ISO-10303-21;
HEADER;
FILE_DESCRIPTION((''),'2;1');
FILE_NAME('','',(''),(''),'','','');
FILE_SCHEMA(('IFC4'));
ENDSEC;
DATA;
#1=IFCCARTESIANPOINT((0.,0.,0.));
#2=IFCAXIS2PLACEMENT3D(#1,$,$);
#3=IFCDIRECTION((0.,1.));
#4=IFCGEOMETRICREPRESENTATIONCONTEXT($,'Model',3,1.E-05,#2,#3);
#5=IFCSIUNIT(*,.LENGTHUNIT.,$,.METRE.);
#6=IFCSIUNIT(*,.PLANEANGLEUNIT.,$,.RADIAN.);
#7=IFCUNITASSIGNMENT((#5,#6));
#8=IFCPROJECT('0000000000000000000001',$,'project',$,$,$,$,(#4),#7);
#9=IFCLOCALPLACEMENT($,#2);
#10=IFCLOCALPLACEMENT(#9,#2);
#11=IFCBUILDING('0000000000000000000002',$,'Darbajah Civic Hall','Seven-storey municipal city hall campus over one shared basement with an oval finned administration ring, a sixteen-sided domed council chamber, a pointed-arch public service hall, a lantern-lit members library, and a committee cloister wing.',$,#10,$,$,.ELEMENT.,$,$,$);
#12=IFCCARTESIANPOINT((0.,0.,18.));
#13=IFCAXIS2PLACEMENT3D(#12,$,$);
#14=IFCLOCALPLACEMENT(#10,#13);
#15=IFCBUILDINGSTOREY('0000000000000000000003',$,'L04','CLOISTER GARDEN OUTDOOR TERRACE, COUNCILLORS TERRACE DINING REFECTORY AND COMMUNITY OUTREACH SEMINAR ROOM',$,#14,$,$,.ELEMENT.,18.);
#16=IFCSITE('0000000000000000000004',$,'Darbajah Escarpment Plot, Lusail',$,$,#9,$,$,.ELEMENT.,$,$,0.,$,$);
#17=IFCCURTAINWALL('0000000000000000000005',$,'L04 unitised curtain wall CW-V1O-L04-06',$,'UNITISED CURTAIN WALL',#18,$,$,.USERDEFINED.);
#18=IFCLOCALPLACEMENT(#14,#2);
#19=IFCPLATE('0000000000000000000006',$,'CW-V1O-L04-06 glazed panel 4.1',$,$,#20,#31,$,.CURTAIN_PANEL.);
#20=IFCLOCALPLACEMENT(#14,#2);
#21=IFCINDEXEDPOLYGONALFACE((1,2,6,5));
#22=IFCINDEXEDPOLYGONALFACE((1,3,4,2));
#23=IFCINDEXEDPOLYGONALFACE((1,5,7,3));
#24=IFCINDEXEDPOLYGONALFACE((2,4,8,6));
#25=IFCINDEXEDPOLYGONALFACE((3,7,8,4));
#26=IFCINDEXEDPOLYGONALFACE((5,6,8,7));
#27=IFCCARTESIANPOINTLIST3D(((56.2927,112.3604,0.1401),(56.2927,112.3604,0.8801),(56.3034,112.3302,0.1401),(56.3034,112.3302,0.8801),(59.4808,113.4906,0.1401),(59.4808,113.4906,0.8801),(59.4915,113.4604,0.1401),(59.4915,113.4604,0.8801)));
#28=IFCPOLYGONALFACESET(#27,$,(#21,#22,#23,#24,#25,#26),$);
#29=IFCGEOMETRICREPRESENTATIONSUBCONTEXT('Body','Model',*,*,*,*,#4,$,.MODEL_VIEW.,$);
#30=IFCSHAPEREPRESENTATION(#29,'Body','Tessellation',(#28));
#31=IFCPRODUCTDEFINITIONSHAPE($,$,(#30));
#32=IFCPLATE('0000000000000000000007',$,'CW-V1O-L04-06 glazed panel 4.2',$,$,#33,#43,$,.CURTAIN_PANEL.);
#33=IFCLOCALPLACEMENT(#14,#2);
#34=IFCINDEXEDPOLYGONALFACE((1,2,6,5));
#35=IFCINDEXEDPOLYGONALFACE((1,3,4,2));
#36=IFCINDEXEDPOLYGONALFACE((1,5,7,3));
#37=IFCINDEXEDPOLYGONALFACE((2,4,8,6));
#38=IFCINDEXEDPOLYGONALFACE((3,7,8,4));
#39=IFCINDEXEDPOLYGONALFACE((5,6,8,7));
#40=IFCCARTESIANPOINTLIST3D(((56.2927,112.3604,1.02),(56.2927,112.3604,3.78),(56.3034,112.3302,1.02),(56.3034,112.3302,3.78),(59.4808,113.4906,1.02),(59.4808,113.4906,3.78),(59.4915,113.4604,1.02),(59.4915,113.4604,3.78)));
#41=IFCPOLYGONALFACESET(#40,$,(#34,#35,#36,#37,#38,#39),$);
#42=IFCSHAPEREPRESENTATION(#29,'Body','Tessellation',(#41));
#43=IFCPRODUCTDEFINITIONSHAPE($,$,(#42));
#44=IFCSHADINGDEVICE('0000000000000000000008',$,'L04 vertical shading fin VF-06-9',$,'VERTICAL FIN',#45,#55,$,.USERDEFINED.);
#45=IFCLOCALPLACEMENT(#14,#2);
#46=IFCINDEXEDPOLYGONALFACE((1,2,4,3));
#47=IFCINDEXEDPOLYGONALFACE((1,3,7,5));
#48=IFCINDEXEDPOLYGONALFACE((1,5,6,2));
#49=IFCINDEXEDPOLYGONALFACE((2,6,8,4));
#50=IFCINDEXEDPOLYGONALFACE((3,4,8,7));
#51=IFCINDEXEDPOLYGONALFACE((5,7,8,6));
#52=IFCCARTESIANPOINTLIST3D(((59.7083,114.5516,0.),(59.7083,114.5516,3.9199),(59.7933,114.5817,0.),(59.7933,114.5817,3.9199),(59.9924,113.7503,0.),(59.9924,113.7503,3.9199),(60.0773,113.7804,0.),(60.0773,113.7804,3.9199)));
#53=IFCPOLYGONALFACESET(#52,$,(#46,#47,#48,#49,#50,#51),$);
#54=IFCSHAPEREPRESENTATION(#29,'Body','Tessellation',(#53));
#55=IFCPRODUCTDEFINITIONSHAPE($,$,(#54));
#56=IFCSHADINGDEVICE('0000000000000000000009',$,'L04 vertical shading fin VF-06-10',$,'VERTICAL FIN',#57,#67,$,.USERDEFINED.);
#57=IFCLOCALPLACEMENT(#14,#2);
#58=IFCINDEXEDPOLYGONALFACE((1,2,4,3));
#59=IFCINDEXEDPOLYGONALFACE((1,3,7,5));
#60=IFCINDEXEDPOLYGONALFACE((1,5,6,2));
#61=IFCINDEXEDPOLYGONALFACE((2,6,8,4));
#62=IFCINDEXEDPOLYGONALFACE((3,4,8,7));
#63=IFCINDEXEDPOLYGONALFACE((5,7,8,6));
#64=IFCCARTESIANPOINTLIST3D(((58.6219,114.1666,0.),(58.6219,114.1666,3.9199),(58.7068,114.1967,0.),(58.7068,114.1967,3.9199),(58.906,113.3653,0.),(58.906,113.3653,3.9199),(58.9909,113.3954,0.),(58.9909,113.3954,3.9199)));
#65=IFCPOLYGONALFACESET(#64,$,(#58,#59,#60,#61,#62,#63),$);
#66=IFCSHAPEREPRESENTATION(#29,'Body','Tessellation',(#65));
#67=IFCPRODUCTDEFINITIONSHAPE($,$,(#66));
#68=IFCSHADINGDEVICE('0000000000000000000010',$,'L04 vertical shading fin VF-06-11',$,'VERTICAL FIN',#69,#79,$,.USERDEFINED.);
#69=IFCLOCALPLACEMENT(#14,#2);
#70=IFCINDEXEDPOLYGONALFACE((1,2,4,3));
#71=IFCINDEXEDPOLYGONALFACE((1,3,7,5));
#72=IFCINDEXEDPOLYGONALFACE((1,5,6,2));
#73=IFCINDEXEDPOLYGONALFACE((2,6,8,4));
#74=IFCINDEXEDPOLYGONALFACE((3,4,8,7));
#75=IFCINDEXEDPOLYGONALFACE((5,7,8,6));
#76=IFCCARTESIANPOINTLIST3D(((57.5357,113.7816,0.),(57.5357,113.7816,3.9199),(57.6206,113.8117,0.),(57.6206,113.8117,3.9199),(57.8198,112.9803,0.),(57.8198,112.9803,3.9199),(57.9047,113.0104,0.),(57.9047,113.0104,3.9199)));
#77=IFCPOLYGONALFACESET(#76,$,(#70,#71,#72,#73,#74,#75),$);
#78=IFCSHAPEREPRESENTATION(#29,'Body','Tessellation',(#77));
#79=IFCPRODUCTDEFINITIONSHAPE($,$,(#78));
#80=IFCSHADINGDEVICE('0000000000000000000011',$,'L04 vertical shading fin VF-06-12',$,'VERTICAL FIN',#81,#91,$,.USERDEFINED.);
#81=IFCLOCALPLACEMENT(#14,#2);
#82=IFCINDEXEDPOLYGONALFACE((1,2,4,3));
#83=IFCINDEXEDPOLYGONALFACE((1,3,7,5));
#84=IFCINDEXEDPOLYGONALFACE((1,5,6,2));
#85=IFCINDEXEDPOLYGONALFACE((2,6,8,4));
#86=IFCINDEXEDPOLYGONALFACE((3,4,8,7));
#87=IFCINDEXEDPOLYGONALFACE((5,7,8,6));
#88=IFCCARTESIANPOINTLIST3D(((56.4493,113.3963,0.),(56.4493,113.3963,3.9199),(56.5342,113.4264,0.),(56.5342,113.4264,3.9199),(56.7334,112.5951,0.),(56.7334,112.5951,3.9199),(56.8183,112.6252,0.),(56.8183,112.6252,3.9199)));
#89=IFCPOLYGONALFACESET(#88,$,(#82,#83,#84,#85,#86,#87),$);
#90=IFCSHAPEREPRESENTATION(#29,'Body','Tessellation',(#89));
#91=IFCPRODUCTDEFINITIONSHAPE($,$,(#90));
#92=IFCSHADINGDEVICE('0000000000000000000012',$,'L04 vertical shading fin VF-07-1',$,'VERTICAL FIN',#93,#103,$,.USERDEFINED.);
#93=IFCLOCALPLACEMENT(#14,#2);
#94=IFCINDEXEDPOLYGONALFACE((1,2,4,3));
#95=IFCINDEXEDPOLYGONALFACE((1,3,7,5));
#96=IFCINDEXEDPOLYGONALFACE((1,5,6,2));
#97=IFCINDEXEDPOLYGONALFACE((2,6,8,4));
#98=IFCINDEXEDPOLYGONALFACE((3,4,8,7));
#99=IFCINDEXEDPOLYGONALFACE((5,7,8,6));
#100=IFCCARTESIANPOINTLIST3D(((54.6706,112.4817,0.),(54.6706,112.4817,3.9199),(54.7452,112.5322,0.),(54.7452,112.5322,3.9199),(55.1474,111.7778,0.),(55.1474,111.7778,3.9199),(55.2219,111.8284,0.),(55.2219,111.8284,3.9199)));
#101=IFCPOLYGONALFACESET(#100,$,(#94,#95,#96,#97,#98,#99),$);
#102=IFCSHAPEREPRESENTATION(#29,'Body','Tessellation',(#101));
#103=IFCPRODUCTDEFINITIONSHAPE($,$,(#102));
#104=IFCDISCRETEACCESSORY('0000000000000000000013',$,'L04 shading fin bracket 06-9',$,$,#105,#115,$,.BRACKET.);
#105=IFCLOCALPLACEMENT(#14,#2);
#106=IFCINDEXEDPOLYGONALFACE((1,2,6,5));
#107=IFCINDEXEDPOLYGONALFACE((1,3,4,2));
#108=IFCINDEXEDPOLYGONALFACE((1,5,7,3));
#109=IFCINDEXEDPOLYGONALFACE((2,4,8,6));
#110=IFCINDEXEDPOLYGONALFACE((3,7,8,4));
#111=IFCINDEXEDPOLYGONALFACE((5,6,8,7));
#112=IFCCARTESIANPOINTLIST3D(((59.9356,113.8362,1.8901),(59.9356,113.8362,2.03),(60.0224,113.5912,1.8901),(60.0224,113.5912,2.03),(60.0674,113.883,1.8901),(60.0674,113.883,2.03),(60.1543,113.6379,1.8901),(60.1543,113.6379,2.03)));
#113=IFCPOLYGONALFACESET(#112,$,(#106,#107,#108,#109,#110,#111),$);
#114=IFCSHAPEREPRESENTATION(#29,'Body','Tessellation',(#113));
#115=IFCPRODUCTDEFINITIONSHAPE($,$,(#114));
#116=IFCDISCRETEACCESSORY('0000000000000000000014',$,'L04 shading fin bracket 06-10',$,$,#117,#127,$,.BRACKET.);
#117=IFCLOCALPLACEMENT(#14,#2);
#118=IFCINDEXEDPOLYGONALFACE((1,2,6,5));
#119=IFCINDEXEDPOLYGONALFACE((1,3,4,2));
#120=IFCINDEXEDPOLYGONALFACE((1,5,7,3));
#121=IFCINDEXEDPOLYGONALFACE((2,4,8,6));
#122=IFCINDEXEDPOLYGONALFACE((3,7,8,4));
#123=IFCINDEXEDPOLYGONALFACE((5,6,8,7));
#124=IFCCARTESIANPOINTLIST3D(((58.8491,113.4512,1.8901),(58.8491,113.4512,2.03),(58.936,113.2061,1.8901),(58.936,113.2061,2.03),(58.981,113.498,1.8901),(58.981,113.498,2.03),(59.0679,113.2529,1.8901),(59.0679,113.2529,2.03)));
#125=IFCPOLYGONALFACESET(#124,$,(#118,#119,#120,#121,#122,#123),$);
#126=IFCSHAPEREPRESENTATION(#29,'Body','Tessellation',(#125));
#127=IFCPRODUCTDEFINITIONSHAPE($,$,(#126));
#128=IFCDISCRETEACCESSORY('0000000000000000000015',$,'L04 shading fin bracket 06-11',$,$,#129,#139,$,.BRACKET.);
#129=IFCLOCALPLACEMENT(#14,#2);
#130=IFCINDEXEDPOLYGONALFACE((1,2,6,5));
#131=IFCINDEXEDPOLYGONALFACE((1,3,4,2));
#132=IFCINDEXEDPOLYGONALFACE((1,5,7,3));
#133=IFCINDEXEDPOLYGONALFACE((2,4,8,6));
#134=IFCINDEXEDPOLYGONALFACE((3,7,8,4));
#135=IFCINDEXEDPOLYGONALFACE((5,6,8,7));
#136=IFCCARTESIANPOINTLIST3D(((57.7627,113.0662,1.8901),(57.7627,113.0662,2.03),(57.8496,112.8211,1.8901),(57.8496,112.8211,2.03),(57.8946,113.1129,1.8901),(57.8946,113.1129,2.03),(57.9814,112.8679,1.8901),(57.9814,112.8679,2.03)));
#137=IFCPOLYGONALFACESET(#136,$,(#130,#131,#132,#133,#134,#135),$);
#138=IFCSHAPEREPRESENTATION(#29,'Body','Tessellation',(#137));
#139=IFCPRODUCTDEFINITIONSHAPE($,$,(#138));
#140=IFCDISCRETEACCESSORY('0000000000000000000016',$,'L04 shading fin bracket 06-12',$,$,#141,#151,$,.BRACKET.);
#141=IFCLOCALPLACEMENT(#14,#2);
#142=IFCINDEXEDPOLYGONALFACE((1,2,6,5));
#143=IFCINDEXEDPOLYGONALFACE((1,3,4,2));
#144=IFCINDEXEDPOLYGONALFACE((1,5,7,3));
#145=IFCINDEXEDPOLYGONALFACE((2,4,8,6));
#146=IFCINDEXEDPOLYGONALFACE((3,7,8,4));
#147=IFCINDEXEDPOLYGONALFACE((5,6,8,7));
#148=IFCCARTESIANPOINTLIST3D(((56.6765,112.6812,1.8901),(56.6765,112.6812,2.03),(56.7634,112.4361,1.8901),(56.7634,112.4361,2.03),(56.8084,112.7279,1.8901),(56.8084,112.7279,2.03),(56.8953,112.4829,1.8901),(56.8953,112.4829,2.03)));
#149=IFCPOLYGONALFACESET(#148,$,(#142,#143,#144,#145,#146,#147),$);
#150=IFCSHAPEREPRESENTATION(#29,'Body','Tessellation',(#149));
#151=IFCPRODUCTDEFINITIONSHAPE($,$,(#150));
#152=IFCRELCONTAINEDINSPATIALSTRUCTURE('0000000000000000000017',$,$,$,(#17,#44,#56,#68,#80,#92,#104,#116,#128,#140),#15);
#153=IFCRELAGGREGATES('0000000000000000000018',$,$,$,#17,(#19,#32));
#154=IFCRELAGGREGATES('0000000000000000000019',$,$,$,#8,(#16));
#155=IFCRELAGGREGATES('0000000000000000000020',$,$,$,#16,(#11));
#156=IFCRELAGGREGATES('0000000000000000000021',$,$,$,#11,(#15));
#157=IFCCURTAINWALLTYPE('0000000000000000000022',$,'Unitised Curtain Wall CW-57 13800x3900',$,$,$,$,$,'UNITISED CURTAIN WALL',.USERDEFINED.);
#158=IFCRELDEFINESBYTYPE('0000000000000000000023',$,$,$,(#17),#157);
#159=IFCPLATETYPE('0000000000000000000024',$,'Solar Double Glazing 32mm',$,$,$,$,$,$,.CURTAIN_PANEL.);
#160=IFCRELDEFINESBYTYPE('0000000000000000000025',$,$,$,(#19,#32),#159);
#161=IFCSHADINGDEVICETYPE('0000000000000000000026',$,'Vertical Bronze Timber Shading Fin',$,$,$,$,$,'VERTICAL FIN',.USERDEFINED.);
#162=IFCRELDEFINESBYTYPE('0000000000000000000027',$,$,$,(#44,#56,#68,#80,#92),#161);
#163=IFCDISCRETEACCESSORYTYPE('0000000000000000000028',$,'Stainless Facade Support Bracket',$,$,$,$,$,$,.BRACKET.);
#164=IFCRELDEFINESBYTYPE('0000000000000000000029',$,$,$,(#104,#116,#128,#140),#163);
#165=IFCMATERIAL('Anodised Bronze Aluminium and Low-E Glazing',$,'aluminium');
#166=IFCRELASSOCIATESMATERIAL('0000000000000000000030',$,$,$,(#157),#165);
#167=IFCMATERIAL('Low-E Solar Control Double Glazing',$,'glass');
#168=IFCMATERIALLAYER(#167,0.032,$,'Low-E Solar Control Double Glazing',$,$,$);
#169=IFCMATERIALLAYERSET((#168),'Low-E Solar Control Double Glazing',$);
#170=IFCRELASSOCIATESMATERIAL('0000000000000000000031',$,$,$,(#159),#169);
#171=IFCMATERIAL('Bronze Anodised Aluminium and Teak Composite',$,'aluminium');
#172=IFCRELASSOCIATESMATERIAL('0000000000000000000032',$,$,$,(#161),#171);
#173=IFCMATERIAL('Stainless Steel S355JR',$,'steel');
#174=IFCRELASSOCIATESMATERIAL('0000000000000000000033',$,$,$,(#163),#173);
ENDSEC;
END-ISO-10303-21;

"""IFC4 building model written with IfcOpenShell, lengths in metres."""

from ifc_helpers import new_model, si_unit, direction, frame, origin, origin_2d, place, context, subcontext, project, spatial, rectangle, extrude, material, layer, layer_set, type_object, element, aggregate, save


model = new_model("IFC4")

# Units and contexts
model_context = context("Model", 3, precision=1e-05, world=origin(), true_north=direction((0.0, 1.0)))
body_context = subcontext(model_context, "Body", "Model", "MODEL_VIEW")
ifc_project = project(units=[si_unit("LENGTHUNIT", "METRE"), si_unit("PLANEANGLEUNIT", "RADIAN")], contexts=[model_context])

# Site, building, storey
site_placement = place(None, origin())
site = spatial("IfcSite", under=ifc_project, at=site_placement, Name="Darbajah Escarpment Plot, Lusail", CompositionType="ELEMENT", RefElevation=0.0)
building_placement = place(site_placement, origin())
building = spatial("IfcBuilding", under=site, at=building_placement, Name="Darbajah Civic Hall", Description="Seven-storey municipal city hall campus over one shared basement with an oval finned administration ring, a sixteen-sided domed council chamber, a pointed-arch public service hall, a lantern-lit members library, and a committee cloister wing.", CompositionType="ELEMENT")
storey_placement = place(building_placement, frame((0.0, 0.0, 18.0)))
storey = spatial("IfcBuildingStorey", under=building, at=storey_placement, Name="L04", Description="CLOISTER GARDEN OUTDOOR TERRACE, COUNCILLORS TERRACE DINING REFECTORY AND COMMUNITY OUTREACH SEMINAR ROOM", CompositionType="ELEMENT", Elevation=18.0)

# Shared definitions
ifc_material_1 = material(Name="Anodised Bronze Aluminium and Low-E Glazing", Category="aluminium")

# Curtain wall
curtain_wall_type_1 = type_object("IfcCurtainWallType", Name="Unitised Curtain Wall CW-57 13800x3900", ElementType="UNITISED CURTAIN WALL", PredefinedType="USERDEFINED", material=ifc_material_1)
curtain_wall_1_placement = place(storey_placement, origin())
curtain_wall_1 = element("IfcCurtainWall", 1, at=curtain_wall_1_placement, inside=storey, type_object=curtain_wall_type_1, Name="L04 unitised curtain wall CW-V1O-L04-06", ObjectType="UNITISED CURTAIN WALL", PredefinedType="USERDEFINED")

# Plates
ifc_material_2 = material(Name="Low-E Solar Control Double Glazing", Category="glass")
ifc_layer = layer(ifc_material_2, 0.032, Name="Low-E Solar Control Double Glazing")
ifc_layer_set = layer_set([ifc_layer], Name="Low-E Solar Control Double Glazing")
plate_type = type_object("IfcPlateType", Name="Solar Double Glazing 32mm", PredefinedType="CURTAIN_PANEL", material=ifc_layer_set)
plate_1_placement = place(storey_placement, frame((57.8921, 112.9104, 0.1401), z_axis=(0.0, 0.0, 1.0), x_axis=(-0.942525, -0.334136, 0.0)))
plate_1 = element("IfcPlate", 2, at=plate_1_placement, type_object=plate_type, Name="CW-V1O-L04-06 glazed panel 4.1", PredefinedType="CURTAIN_PANEL", context=body_context, shape_type="SweptSolid", body=[
    extrude(rectangle(XDim=3.3826, YDim=0.032, at=origin_2d()), origin(), (0.0, 0.0, 1.0), 0.74),
])
plate_2_placement = place(storey_placement, frame((57.8921, 112.9104, 1.02), z_axis=(0.0, 0.0, 1.0), x_axis=(-0.942525, -0.334136, 0.0)))
plate_2 = element("IfcPlate", 3, at=plate_2_placement, type_object=plate_type, Name="CW-V1O-L04-06 glazed panel 4.2", PredefinedType="CURTAIN_PANEL", context=body_context, shape_type="SweptSolid", body=[
    extrude(rectangle(XDim=3.3826, YDim=0.032, at=origin_2d()), origin(), (0.0, 0.0, 1.0), 2.76),
])
aggregate(curtain_wall_1, [plate_1, plate_2])

# Shading devices
ifc_material_3 = material(Name="Bronze Anodised Aluminium and Teak Composite", Category="aluminium")
shading_device_type = type_object("IfcShadingDeviceType", Name="Vertical Bronze Timber Shading Fin", ElementType="VERTICAL FIN", PredefinedType="USERDEFINED", material=ifc_material_3)
for number, where, z_axis, x_axis, name in (
    (4, (59.8928, 114.166, 0.0), (0.0, 0.0, 1.0), (-0.334136, 0.942525, 0.0), "L04 vertical shading fin VF-06-9"),
    (5, (58.8064, 113.781, 0.0), (0.0, 0.0, 1.0), (-0.334136, 0.942525, 0.0), "L04 vertical shading fin VF-06-10"),
    (6, (57.7202, 113.396, 0.0), (0.0, 0.0, 1.0), (-0.334136, 0.942525, 0.0), "L04 vertical shading fin VF-06-11"),
    (7, (56.6338, 113.0107, 0.0), (0.0, 0.0, 1.0), (-0.334136, 0.942525, 0.0), "L04 vertical shading fin VF-06-12"),
    (8, (54.9463, 112.155, 0.0), (0.0, 0.0, 1.0), (-0.560784, 0.827962, 0.0), "L04 vertical shading fin VF-07-1"),
):
    element("IfcShadingDevice", number, at=place(storey_placement, frame(where, z_axis=z_axis, x_axis=x_axis)), inside=storey, type_object=shading_device_type, Name=name, ObjectType="VERTICAL FIN", PredefinedType="USERDEFINED", context=body_context, shape_type="SweptSolid", body=[
        extrude(rectangle(XDim=0.8501, YDim=0.0901, at=origin_2d()), origin(), (0.0, 0.0, 1.0), 3.9199),
    ])

# Discrete accessories
ifc_material_4 = material(Name="Stainless Steel S355JR", Category="steel")
discrete_accessory_type = type_object("IfcDiscreteAccessoryType", Name="Stainless Facade Support Bracket", PredefinedType="BRACKET", material=ifc_material_4)
for number, where, z_axis, x_axis, name in (
    (9, (60.0449, 113.7371, 1.8901), (0.0, 0.0, 1.0), (-0.334136, 0.942525, 0.0), "L04 shading fin bracket 06-9"),
    (10, (58.9585, 113.3521, 1.8901), (0.0, 0.0, 1.0), (-0.334136, 0.942525, 0.0), "L04 shading fin bracket 06-10"),
    (11, (57.8721, 112.967, 1.8901), (0.0, 0.0, 1.0), (-0.334136, 0.942525, 0.0), "L04 shading fin bracket 06-11"),
    (12, (56.7859, 112.582, 1.8901), (0.0, 0.0, 1.0), (-0.334136, 0.942525, 0.0), "L04 shading fin bracket 06-12"),
):
    element("IfcDiscreteAccessory", number, at=place(storey_placement, frame(where, z_axis=z_axis, x_axis=x_axis)), inside=storey, type_object=discrete_accessory_type, Name=name, PredefinedType="BRACKET", context=body_context, shape_type="SweptSolid", body=[
        extrude(rectangle(XDim=0.26, YDim=0.1399, at=origin_2d()), origin(), (0.0, 0.0, 1.0), 0.1399),
    ])

save(model, "model.ifc")
